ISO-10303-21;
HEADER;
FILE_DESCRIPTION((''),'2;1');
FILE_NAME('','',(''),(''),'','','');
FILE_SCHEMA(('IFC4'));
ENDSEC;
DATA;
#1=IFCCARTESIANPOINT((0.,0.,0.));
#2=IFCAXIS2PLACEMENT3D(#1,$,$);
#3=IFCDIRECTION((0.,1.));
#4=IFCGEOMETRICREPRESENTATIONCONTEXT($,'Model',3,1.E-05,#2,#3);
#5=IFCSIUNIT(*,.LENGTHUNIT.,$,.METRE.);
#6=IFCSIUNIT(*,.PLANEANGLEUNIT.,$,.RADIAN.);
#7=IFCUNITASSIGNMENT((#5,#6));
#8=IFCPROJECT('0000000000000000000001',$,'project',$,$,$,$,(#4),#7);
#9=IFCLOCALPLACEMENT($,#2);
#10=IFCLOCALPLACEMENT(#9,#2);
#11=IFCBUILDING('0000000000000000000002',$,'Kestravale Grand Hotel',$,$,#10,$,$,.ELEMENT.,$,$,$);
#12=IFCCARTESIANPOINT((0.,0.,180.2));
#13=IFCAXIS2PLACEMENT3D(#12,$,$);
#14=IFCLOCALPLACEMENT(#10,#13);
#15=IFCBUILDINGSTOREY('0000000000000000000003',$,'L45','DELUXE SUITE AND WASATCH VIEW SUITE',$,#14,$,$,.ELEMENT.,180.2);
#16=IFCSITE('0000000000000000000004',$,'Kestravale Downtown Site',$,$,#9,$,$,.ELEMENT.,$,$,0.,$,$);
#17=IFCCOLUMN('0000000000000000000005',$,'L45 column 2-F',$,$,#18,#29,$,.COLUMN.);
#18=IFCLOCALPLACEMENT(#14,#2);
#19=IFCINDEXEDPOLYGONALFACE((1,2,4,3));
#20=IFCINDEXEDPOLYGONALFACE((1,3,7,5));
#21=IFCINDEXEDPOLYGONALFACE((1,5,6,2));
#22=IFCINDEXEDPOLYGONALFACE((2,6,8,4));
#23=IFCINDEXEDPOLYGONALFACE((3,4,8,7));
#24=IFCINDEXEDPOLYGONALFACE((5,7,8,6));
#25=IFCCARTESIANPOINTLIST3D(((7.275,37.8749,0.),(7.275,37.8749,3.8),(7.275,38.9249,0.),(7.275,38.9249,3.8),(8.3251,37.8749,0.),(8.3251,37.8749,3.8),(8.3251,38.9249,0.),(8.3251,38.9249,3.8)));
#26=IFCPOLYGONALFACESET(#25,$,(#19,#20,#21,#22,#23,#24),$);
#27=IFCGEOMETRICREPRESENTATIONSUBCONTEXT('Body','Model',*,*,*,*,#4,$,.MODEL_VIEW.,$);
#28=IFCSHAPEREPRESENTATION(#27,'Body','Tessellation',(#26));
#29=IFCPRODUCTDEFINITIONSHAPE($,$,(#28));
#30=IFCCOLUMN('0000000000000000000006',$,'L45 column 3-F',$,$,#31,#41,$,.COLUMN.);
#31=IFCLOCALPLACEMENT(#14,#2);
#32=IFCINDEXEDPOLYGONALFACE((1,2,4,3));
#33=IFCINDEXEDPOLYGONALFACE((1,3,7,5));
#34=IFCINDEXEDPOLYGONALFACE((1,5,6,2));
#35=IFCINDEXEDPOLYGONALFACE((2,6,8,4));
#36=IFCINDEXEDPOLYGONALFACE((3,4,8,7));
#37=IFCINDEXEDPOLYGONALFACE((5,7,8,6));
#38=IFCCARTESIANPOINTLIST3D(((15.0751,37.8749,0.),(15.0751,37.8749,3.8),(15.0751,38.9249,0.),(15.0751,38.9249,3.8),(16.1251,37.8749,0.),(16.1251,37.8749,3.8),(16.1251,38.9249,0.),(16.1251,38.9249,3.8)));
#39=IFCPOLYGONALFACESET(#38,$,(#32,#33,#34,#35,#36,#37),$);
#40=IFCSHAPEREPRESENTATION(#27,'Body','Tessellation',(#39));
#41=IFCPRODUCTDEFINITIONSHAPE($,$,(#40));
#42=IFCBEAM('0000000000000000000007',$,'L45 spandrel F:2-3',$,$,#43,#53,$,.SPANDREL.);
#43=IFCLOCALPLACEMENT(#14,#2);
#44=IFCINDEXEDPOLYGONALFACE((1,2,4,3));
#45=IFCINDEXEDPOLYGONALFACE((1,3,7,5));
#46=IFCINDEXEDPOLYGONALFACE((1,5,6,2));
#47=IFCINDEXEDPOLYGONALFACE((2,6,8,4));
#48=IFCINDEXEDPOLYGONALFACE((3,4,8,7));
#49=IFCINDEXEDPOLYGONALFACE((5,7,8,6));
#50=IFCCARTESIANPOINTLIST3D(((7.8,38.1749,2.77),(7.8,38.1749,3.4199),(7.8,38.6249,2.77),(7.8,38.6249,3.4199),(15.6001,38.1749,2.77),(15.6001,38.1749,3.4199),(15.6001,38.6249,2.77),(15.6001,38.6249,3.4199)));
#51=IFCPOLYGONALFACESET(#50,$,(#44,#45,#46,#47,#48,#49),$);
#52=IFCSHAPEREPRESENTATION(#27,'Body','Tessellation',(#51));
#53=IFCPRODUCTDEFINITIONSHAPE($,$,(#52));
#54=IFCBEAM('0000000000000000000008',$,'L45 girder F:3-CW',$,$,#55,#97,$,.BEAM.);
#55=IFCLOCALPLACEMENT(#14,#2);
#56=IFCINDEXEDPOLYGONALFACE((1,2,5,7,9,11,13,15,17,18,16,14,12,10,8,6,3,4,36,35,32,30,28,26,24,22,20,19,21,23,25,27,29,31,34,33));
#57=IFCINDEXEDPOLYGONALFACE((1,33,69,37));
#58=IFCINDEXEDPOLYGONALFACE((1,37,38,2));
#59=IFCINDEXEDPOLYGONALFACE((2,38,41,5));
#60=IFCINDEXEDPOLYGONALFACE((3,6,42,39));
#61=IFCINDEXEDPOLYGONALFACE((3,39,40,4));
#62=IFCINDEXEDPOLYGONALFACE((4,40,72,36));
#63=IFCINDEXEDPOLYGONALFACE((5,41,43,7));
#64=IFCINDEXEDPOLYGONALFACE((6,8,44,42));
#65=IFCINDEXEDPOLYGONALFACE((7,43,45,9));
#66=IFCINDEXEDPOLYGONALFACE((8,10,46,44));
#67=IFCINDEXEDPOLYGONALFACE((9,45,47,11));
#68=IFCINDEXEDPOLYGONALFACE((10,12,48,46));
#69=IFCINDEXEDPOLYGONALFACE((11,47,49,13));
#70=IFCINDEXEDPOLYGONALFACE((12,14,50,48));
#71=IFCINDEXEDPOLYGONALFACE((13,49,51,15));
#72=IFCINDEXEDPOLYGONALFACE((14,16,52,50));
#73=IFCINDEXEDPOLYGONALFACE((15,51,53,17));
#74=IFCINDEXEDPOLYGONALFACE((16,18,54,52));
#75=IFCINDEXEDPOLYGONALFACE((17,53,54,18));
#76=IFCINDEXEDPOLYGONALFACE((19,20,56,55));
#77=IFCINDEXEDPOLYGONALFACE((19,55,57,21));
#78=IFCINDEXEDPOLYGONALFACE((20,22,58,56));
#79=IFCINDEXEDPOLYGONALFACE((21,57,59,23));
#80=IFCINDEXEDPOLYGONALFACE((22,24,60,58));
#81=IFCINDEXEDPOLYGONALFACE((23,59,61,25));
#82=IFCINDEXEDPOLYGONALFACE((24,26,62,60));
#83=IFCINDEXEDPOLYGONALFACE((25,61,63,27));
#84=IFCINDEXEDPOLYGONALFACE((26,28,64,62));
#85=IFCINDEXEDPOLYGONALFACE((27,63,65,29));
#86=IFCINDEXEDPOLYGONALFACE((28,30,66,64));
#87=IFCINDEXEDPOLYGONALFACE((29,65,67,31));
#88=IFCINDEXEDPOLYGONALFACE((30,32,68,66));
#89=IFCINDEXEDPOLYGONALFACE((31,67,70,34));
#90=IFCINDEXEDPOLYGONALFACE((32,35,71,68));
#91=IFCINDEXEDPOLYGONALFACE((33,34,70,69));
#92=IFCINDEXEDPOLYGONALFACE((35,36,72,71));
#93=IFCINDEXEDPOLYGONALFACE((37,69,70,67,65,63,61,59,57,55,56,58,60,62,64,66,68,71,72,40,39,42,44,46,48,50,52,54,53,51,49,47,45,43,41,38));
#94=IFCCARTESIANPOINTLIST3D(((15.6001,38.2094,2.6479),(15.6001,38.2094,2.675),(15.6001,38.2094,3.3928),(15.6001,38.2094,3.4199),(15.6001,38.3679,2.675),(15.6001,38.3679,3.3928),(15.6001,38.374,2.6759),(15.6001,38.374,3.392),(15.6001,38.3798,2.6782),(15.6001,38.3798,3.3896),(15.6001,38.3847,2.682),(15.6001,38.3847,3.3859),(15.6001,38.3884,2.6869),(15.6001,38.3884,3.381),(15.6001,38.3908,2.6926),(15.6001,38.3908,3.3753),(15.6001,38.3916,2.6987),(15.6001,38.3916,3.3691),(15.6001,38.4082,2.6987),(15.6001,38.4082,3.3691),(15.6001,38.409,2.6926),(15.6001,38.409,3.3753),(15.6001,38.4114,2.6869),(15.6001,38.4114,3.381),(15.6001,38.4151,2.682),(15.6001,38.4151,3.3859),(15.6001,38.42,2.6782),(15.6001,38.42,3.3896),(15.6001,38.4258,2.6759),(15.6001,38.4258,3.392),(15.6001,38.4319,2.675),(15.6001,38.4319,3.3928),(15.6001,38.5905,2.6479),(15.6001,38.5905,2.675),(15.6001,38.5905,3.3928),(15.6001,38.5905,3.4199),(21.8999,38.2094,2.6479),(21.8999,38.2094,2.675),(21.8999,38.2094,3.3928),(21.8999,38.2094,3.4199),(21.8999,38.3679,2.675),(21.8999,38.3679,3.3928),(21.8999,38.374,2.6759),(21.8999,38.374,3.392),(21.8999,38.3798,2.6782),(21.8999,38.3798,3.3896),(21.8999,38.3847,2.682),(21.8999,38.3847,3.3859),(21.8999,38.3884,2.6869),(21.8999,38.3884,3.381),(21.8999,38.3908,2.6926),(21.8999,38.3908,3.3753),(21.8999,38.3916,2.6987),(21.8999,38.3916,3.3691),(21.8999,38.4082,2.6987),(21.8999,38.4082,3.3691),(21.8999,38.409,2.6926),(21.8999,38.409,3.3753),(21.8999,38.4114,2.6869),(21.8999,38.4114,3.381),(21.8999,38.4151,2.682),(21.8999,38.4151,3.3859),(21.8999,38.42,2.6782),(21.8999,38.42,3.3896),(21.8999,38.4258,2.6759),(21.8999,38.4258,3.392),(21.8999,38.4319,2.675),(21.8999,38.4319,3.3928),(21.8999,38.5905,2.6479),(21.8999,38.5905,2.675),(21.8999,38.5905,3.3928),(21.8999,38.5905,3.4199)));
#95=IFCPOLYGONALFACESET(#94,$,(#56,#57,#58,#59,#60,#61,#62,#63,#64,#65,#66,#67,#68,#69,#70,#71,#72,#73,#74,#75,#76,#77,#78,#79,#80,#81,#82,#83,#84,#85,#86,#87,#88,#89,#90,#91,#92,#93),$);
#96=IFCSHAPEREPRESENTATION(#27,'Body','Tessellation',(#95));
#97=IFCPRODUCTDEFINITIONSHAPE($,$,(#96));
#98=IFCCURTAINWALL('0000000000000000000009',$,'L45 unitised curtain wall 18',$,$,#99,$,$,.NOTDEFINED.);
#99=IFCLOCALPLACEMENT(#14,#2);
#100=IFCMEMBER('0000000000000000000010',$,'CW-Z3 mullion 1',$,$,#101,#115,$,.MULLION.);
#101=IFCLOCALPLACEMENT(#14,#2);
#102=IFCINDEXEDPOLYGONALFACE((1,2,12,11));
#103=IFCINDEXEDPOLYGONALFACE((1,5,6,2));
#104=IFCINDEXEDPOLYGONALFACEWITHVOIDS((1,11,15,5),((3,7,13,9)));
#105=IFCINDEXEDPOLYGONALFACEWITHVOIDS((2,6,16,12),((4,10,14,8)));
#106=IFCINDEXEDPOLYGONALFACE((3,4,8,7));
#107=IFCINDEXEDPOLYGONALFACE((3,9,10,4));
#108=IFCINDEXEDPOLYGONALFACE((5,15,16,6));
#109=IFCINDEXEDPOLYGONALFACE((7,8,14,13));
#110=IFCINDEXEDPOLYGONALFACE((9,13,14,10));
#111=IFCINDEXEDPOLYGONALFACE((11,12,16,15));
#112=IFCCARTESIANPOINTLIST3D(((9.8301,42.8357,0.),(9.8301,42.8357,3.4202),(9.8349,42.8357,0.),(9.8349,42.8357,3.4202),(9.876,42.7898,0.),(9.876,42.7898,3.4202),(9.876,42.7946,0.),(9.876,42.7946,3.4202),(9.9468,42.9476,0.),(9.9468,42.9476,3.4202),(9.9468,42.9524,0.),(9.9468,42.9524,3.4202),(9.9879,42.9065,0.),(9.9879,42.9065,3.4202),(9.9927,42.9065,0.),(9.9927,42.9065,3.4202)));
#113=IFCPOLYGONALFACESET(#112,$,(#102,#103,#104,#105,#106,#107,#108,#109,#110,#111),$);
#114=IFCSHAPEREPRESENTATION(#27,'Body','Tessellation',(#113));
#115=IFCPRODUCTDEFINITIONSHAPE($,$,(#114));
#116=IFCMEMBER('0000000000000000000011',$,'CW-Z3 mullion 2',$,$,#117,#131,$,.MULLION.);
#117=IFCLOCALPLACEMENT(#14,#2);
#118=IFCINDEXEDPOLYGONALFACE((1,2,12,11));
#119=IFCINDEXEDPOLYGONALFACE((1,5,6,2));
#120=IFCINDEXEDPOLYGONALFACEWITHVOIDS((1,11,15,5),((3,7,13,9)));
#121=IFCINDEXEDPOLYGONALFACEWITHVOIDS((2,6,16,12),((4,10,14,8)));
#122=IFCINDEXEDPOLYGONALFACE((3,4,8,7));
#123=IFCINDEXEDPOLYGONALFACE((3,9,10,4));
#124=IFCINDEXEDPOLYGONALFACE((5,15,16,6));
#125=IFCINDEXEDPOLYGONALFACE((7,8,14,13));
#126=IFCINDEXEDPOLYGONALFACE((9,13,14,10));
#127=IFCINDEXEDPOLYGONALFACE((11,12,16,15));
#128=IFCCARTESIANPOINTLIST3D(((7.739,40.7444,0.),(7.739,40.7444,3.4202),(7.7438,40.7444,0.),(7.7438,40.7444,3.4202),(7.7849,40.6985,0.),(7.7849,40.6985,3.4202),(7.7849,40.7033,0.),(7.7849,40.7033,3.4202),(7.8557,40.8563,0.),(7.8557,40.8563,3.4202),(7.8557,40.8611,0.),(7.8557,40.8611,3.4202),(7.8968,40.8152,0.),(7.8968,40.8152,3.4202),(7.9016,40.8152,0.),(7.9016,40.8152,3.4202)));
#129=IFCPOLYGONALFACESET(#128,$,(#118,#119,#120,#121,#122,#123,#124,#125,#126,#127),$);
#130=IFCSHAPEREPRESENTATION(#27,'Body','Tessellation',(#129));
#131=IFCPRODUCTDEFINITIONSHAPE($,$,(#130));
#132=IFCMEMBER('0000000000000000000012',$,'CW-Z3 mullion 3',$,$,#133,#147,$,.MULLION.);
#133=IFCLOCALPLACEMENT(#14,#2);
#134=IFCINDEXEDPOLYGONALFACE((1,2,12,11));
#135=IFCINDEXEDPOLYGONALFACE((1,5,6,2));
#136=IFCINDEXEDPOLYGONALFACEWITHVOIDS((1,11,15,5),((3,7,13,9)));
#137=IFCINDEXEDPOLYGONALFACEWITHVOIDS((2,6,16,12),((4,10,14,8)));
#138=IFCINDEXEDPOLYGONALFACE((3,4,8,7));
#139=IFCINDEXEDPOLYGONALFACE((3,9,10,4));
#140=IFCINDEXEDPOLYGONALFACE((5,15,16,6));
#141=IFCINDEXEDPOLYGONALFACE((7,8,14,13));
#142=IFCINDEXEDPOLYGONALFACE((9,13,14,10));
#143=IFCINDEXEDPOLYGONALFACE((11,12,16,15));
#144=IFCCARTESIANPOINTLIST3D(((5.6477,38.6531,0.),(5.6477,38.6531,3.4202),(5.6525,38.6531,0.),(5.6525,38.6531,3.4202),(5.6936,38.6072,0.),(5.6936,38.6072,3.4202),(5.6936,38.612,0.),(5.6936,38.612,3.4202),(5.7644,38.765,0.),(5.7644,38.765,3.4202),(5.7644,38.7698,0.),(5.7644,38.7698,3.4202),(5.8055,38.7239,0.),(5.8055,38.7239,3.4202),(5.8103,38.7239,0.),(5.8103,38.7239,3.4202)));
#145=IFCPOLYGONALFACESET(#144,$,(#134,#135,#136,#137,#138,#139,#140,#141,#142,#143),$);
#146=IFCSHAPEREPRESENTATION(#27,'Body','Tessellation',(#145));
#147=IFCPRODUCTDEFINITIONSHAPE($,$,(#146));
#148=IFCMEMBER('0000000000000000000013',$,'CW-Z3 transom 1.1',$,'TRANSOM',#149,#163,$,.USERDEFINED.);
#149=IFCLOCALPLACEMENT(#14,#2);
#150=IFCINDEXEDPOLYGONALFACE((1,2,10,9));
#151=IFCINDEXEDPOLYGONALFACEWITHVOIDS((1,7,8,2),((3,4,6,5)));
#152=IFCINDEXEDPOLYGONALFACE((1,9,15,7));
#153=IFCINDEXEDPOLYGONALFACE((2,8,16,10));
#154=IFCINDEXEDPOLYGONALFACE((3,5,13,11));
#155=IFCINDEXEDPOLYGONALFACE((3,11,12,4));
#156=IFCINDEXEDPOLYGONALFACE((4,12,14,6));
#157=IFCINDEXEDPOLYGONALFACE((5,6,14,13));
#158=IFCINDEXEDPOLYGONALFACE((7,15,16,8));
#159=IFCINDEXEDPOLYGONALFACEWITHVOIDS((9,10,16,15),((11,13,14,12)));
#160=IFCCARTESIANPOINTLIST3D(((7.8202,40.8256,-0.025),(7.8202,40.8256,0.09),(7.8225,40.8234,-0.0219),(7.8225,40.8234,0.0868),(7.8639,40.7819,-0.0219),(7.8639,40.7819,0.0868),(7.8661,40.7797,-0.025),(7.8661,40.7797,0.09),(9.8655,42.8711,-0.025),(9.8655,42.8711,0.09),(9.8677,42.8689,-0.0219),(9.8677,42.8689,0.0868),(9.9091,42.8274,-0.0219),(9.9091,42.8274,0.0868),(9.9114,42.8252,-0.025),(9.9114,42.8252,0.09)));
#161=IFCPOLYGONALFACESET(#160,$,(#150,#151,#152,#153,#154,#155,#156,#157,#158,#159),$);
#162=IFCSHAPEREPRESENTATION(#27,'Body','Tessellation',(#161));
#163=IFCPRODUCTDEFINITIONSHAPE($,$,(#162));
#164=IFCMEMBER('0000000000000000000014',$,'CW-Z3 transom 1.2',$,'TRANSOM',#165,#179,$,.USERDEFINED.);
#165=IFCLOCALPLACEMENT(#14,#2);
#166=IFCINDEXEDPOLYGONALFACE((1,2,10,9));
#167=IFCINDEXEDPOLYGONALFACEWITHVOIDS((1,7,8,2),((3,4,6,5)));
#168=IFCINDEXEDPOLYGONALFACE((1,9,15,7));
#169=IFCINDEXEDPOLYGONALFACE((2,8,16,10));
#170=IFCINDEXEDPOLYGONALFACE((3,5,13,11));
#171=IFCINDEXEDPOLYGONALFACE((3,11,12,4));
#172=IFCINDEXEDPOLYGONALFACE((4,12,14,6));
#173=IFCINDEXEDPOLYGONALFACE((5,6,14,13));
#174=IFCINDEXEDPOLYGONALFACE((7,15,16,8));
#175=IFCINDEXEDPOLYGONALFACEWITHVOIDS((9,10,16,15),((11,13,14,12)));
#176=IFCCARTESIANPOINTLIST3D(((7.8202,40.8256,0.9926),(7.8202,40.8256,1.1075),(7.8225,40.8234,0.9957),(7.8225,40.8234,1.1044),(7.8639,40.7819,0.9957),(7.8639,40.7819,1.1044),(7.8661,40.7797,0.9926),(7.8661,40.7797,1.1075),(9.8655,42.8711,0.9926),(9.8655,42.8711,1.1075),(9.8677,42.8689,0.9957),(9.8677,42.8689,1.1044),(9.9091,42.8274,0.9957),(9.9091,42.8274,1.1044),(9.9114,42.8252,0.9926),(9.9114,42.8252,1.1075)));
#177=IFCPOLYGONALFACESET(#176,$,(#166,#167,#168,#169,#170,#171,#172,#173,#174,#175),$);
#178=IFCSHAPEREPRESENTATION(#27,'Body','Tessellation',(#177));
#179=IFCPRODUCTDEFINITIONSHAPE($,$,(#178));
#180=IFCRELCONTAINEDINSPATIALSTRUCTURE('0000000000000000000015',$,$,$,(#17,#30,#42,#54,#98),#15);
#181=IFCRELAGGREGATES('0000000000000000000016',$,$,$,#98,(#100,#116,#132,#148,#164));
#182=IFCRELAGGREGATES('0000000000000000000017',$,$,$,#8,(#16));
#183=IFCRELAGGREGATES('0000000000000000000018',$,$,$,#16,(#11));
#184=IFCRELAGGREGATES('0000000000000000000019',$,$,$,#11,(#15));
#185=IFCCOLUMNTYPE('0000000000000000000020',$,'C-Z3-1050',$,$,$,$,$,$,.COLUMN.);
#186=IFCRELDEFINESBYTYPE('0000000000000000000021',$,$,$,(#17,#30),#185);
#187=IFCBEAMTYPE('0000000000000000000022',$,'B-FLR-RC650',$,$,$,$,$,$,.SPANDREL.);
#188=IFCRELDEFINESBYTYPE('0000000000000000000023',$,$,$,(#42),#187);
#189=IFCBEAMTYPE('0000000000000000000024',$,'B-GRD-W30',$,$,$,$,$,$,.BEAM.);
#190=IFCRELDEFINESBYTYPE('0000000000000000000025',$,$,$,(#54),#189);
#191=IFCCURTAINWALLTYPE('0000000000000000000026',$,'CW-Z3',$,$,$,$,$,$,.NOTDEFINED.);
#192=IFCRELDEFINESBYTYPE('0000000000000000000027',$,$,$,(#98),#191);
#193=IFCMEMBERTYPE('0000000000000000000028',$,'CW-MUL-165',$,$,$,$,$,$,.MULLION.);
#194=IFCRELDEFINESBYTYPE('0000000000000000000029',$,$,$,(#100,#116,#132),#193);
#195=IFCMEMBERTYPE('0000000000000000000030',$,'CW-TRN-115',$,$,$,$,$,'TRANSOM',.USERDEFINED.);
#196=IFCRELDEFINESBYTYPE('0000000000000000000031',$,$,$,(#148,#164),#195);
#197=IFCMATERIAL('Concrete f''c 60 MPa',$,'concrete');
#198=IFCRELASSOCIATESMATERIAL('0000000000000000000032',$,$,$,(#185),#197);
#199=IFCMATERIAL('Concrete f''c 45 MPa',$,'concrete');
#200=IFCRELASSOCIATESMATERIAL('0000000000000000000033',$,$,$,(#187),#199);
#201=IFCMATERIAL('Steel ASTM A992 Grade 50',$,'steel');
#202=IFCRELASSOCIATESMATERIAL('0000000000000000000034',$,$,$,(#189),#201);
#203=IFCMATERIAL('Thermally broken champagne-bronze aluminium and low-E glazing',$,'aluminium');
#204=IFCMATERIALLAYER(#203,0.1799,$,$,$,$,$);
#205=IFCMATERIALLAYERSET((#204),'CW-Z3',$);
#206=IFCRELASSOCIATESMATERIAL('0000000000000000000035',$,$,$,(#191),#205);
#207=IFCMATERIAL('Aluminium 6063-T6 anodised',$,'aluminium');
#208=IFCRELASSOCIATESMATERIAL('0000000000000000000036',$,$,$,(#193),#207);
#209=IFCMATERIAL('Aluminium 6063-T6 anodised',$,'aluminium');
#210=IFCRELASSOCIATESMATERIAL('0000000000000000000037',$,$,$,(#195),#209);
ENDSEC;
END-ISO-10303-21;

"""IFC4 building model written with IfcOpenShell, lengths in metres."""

from ifc_helpers import new_model, si_unit, direction, frame, origin, origin_2d, place, context, subcontext, project, spatial, rectangle, hollow_rectangle, i_section, extrude, material, layer, layer_set, material_profile, profile_set, type_object, element, aggregate, save


model = new_model("IFC4")

# Units and contexts
model_context = context("Model", 3, precision=1e-05, world=origin(), true_north=direction((0.0, 1.0)))
body_context = subcontext(model_context, "Body", "Model", "MODEL_VIEW")
ifc_project = project(units=[si_unit("LENGTHUNIT", "METRE"), si_unit("PLANEANGLEUNIT", "RADIAN")], contexts=[model_context])

# Site, building, storey
site_placement = place(None, origin())
site = spatial("IfcSite", under=ifc_project, at=site_placement, Name="Kestravale Downtown Site", CompositionType="ELEMENT", RefElevation=0.0)
building_placement = place(site_placement, origin())
building = spatial("IfcBuilding", under=site, at=building_placement, Name="Kestravale Grand Hotel", CompositionType="ELEMENT")
storey_placement = place(building_placement, frame((0.0, 0.0, 180.2)))
storey = spatial("IfcBuildingStorey", under=building, at=storey_placement, Name="L45", Description="DELUXE SUITE AND WASATCH VIEW SUITE", CompositionType="ELEMENT", Elevation=180.2)

# Columns
ifc_material_1 = material(Name="Concrete f'c 60 MPa", Category="concrete")
ifc_material_profile_1 = material_profile(ifc_material_1, rectangle(XDim=1.05, YDim=1.05, at=origin_2d()))
ifc_profile_set_1 = profile_set([ifc_material_profile_1], Name="Concrete f'c 60 MPa")
column_type = type_object("IfcColumnType", Name="C-Z3-1050", PredefinedType="COLUMN", material=ifc_profile_set_1)
for number, where, z_axis, x_axis, name in (
    (1, (7.8, 38.3999, 0.0), (0.0, 0.0, 1.0), (1.0, 0.0, 0.0), "L45 column 2-F"),
    (2, (15.6001, 38.3999, 0.0), (0.0, 0.0, 1.0), (1.0, 0.0, 0.0), "L45 column 3-F"),
):
    element("IfcColumn", number, at=place(storey_placement, frame(where, z_axis=z_axis, x_axis=x_axis)), inside=storey, type_object=column_type, Name=name, PredefinedType="COLUMN", context=body_context, shape_type="SweptSolid", body=[
        extrude(rectangle(XDim=1.05, YDim=1.05, at=origin_2d()), origin(), (0.0, 0.0, 1.0), 3.8),
    ])

# Beams
ifc_material_2 = material(Name="Concrete f'c 45 MPa", Category="concrete")
ifc_material_profile_2 = material_profile(ifc_material_2, rectangle(XDim=0.45, YDim=0.6499, at=origin_2d()))
ifc_profile_set_2 = profile_set([ifc_material_profile_2], Name="Concrete f'c 45 MPa")
beam_type_1 = type_object("IfcBeamType", Name="B-FLR-RC650", PredefinedType="SPANDREL", material=ifc_profile_set_2)
beam_1_placement = place(storey_placement, frame((7.8, 38.3999, 3.095), z_axis=(1.0, 0.0, 0.0), x_axis=(0.0, 1.0, 0.0)))
element("IfcBeam", 3, at=beam_1_placement, inside=storey, type_object=beam_type_1, Name="L45 spandrel F:2-3", PredefinedType="SPANDREL", context=body_context, shape_type="SweptSolid", body=[
    extrude(rectangle(XDim=0.45, YDim=0.6499, at=origin_2d()), origin(), (0.0, 0.0, 1.0), 7.8),
])
ifc_material_3 = material(Name="Steel ASTM A992 Grade 50", Category="steel")
ifc_material_profile_3 = material_profile(ifc_material_3, i_section(OverallWidth=0.3811, OverallDepth=0.772, WebThickness=0.0166, FlangeThickness=0.0271, FilletRadius=0.0237, at=origin_2d()))
ifc_profile_set_3 = profile_set([ifc_material_profile_3], Name="Steel ASTM A992 Grade 50")
beam_type_2 = type_object("IfcBeamType", Name="B-GRD-W30", PredefinedType="BEAM", material=ifc_profile_set_3)
beam_2_placement = place(storey_placement, frame((15.6001, 38.3999, 3.0339), z_axis=(1.0, 0.0, 0.0), x_axis=(0.0, 1.0, 0.0)))
element("IfcBeam", 4, at=beam_2_placement, inside=storey, type_object=beam_type_2, Name="L45 girder F:3-CW", PredefinedType="BEAM", context=body_context, shape_type="SweptSolid", body=[
    extrude(i_section(OverallWidth=0.3811, OverallDepth=0.772, WebThickness=0.0166, FlangeThickness=0.0271, FilletRadius=0.0237, at=origin_2d()), origin(), (0.0, 0.0, 1.0), 6.2998),
])

# Curtain wall, members
ifc_material_4 = material(Name="Thermally broken champagne-bronze aluminium and low-E glazing", Category="aluminium")
ifc_layer_1 = layer(ifc_material_4, 0.1799)
ifc_layer_set_1 = layer_set([ifc_layer_1], Name="CW-Z3")
curtain_wall_type = type_object("IfcCurtainWallType", Name="CW-Z3", PredefinedType="NOTDEFINED", material=ifc_layer_set_1)
curtain_wall_placement = place(storey_placement, origin())
curtain_wall = element("IfcCurtainWall", 5, at=curtain_wall_placement, inside=storey, type_object=curtain_wall_type, Name="L45 unitised curtain wall 18", PredefinedType="NOTDEFINED")
ifc_material_5 = material(Name="Aluminium 6063-T6 anodised", Category="aluminium")
ifc_material_profile_4 = material_profile(ifc_material_5, hollow_rectangle(XDim=0.0649, YDim=0.165, WallThickness=0.0034, at=origin_2d()))
ifc_profile_set_4 = profile_set([ifc_material_profile_4], Name="Aluminium 6063-T6 anodised")
member_type_1 = type_object("IfcMemberType", Name="CW-MUL-165", PredefinedType="MULLION", material=ifc_profile_set_4)
member_1_placement = place(storey_placement, frame((9.9114, 42.8711, 0.0), z_axis=(0.0, 0.0, 1.0), x_axis=(0.707107, -0.707107, 0.0)))
member_1 = element("IfcMember", 6, at=member_1_placement, type_object=member_type_1, Name="CW-Z3 mullion 1", PredefinedType="MULLION", context=body_context, shape_type="SweptSolid", body=[
    extrude(hollow_rectangle(XDim=0.0649, YDim=0.165, WallThickness=0.0034, at=origin_2d()), origin(), (0.0, 0.0, 1.0), 3.4202),
])
member_2_placement = place(storey_placement, frame((7.8203, 40.7798, 0.0), z_axis=(0.0, 0.0, 1.0), x_axis=(0.707107, -0.707107, 0.0)))
member_2 = element("IfcMember", 7, at=member_2_placement, type_object=member_type_1, Name="CW-Z3 mullion 2", PredefinedType="MULLION", context=body_context, shape_type="SweptSolid", body=[
    extrude(hollow_rectangle(XDim=0.0649, YDim=0.165, WallThickness=0.0034, at=origin_2d()), origin(), (0.0, 0.0, 1.0), 3.4202),
])
member_3_placement = place(storey_placement, frame((5.729, 38.6885, 0.0), z_axis=(0.0, 0.0, 1.0), x_axis=(0.707107, -0.707107, 0.0)))
member_3 = element("IfcMember", 8, at=member_3_placement, type_object=member_type_1, Name="CW-Z3 mullion 3", PredefinedType="MULLION", context=body_context, shape_type="SweptSolid", body=[
    extrude(hollow_rectangle(XDim=0.0649, YDim=0.165, WallThickness=0.0034, at=origin_2d()), origin(), (0.0, 0.0, 1.0), 3.4202),
])
ifc_material_6 = material(Name="Aluminium 6063-T6 anodised", Category="aluminium")
ifc_material_profile_5 = material_profile(ifc_material_6, hollow_rectangle(XDim=0.0649, YDim=0.115, WallThickness=0.0032, at=origin_2d()))
ifc_profile_set_5 = profile_set([ifc_material_profile_5], Name="Aluminium 6063-T6 anodised")
member_type_2 = type_object("IfcMemberType", Name="CW-TRN-115", ElementType="TRANSOM", PredefinedType="USERDEFINED", material=ifc_profile_set_5)
member_4_placement = place(storey_placement, frame((9.8884, 42.8481, 0.0325), z_axis=(-0.707065, -0.707149, 0.0), x_axis=(0.707149, -0.707065, 0.0)))
member_4 = element("IfcMember", 9, at=member_4_placement, type_object=member_type_2, Name="CW-Z3 transom 1.1", ObjectType="TRANSOM", PredefinedType="USERDEFINED", context=body_context, shape_type="SweptSolid", body=[
    extrude(hollow_rectangle(XDim=0.0649, YDim=0.115, WallThickness=0.0032, at=origin_2d()), origin(), (0.0, 0.0, 1.0), 2.8926),
])
member_5_placement = place(storey_placement, frame((9.8884, 42.8481, 1.05), z_axis=(-0.707065, -0.707149, 0.0), x_axis=(0.707149, -0.707065, 0.0)))
member_5 = element("IfcMember", 10, at=member_5_placement, type_object=member_type_2, Name="CW-Z3 transom 1.2", ObjectType="TRANSOM", PredefinedType="USERDEFINED", context=body_context, shape_type="SweptSolid", body=[
    extrude(hollow_rectangle(XDim=0.0649, YDim=0.115, WallThickness=0.0032, at=origin_2d()), origin(), (0.0, 0.0, 1.0), 2.8926),
])
aggregate(curtain_wall, [member_1, member_2, member_3, member_4, member_5])

save(model, "model.ifc")
